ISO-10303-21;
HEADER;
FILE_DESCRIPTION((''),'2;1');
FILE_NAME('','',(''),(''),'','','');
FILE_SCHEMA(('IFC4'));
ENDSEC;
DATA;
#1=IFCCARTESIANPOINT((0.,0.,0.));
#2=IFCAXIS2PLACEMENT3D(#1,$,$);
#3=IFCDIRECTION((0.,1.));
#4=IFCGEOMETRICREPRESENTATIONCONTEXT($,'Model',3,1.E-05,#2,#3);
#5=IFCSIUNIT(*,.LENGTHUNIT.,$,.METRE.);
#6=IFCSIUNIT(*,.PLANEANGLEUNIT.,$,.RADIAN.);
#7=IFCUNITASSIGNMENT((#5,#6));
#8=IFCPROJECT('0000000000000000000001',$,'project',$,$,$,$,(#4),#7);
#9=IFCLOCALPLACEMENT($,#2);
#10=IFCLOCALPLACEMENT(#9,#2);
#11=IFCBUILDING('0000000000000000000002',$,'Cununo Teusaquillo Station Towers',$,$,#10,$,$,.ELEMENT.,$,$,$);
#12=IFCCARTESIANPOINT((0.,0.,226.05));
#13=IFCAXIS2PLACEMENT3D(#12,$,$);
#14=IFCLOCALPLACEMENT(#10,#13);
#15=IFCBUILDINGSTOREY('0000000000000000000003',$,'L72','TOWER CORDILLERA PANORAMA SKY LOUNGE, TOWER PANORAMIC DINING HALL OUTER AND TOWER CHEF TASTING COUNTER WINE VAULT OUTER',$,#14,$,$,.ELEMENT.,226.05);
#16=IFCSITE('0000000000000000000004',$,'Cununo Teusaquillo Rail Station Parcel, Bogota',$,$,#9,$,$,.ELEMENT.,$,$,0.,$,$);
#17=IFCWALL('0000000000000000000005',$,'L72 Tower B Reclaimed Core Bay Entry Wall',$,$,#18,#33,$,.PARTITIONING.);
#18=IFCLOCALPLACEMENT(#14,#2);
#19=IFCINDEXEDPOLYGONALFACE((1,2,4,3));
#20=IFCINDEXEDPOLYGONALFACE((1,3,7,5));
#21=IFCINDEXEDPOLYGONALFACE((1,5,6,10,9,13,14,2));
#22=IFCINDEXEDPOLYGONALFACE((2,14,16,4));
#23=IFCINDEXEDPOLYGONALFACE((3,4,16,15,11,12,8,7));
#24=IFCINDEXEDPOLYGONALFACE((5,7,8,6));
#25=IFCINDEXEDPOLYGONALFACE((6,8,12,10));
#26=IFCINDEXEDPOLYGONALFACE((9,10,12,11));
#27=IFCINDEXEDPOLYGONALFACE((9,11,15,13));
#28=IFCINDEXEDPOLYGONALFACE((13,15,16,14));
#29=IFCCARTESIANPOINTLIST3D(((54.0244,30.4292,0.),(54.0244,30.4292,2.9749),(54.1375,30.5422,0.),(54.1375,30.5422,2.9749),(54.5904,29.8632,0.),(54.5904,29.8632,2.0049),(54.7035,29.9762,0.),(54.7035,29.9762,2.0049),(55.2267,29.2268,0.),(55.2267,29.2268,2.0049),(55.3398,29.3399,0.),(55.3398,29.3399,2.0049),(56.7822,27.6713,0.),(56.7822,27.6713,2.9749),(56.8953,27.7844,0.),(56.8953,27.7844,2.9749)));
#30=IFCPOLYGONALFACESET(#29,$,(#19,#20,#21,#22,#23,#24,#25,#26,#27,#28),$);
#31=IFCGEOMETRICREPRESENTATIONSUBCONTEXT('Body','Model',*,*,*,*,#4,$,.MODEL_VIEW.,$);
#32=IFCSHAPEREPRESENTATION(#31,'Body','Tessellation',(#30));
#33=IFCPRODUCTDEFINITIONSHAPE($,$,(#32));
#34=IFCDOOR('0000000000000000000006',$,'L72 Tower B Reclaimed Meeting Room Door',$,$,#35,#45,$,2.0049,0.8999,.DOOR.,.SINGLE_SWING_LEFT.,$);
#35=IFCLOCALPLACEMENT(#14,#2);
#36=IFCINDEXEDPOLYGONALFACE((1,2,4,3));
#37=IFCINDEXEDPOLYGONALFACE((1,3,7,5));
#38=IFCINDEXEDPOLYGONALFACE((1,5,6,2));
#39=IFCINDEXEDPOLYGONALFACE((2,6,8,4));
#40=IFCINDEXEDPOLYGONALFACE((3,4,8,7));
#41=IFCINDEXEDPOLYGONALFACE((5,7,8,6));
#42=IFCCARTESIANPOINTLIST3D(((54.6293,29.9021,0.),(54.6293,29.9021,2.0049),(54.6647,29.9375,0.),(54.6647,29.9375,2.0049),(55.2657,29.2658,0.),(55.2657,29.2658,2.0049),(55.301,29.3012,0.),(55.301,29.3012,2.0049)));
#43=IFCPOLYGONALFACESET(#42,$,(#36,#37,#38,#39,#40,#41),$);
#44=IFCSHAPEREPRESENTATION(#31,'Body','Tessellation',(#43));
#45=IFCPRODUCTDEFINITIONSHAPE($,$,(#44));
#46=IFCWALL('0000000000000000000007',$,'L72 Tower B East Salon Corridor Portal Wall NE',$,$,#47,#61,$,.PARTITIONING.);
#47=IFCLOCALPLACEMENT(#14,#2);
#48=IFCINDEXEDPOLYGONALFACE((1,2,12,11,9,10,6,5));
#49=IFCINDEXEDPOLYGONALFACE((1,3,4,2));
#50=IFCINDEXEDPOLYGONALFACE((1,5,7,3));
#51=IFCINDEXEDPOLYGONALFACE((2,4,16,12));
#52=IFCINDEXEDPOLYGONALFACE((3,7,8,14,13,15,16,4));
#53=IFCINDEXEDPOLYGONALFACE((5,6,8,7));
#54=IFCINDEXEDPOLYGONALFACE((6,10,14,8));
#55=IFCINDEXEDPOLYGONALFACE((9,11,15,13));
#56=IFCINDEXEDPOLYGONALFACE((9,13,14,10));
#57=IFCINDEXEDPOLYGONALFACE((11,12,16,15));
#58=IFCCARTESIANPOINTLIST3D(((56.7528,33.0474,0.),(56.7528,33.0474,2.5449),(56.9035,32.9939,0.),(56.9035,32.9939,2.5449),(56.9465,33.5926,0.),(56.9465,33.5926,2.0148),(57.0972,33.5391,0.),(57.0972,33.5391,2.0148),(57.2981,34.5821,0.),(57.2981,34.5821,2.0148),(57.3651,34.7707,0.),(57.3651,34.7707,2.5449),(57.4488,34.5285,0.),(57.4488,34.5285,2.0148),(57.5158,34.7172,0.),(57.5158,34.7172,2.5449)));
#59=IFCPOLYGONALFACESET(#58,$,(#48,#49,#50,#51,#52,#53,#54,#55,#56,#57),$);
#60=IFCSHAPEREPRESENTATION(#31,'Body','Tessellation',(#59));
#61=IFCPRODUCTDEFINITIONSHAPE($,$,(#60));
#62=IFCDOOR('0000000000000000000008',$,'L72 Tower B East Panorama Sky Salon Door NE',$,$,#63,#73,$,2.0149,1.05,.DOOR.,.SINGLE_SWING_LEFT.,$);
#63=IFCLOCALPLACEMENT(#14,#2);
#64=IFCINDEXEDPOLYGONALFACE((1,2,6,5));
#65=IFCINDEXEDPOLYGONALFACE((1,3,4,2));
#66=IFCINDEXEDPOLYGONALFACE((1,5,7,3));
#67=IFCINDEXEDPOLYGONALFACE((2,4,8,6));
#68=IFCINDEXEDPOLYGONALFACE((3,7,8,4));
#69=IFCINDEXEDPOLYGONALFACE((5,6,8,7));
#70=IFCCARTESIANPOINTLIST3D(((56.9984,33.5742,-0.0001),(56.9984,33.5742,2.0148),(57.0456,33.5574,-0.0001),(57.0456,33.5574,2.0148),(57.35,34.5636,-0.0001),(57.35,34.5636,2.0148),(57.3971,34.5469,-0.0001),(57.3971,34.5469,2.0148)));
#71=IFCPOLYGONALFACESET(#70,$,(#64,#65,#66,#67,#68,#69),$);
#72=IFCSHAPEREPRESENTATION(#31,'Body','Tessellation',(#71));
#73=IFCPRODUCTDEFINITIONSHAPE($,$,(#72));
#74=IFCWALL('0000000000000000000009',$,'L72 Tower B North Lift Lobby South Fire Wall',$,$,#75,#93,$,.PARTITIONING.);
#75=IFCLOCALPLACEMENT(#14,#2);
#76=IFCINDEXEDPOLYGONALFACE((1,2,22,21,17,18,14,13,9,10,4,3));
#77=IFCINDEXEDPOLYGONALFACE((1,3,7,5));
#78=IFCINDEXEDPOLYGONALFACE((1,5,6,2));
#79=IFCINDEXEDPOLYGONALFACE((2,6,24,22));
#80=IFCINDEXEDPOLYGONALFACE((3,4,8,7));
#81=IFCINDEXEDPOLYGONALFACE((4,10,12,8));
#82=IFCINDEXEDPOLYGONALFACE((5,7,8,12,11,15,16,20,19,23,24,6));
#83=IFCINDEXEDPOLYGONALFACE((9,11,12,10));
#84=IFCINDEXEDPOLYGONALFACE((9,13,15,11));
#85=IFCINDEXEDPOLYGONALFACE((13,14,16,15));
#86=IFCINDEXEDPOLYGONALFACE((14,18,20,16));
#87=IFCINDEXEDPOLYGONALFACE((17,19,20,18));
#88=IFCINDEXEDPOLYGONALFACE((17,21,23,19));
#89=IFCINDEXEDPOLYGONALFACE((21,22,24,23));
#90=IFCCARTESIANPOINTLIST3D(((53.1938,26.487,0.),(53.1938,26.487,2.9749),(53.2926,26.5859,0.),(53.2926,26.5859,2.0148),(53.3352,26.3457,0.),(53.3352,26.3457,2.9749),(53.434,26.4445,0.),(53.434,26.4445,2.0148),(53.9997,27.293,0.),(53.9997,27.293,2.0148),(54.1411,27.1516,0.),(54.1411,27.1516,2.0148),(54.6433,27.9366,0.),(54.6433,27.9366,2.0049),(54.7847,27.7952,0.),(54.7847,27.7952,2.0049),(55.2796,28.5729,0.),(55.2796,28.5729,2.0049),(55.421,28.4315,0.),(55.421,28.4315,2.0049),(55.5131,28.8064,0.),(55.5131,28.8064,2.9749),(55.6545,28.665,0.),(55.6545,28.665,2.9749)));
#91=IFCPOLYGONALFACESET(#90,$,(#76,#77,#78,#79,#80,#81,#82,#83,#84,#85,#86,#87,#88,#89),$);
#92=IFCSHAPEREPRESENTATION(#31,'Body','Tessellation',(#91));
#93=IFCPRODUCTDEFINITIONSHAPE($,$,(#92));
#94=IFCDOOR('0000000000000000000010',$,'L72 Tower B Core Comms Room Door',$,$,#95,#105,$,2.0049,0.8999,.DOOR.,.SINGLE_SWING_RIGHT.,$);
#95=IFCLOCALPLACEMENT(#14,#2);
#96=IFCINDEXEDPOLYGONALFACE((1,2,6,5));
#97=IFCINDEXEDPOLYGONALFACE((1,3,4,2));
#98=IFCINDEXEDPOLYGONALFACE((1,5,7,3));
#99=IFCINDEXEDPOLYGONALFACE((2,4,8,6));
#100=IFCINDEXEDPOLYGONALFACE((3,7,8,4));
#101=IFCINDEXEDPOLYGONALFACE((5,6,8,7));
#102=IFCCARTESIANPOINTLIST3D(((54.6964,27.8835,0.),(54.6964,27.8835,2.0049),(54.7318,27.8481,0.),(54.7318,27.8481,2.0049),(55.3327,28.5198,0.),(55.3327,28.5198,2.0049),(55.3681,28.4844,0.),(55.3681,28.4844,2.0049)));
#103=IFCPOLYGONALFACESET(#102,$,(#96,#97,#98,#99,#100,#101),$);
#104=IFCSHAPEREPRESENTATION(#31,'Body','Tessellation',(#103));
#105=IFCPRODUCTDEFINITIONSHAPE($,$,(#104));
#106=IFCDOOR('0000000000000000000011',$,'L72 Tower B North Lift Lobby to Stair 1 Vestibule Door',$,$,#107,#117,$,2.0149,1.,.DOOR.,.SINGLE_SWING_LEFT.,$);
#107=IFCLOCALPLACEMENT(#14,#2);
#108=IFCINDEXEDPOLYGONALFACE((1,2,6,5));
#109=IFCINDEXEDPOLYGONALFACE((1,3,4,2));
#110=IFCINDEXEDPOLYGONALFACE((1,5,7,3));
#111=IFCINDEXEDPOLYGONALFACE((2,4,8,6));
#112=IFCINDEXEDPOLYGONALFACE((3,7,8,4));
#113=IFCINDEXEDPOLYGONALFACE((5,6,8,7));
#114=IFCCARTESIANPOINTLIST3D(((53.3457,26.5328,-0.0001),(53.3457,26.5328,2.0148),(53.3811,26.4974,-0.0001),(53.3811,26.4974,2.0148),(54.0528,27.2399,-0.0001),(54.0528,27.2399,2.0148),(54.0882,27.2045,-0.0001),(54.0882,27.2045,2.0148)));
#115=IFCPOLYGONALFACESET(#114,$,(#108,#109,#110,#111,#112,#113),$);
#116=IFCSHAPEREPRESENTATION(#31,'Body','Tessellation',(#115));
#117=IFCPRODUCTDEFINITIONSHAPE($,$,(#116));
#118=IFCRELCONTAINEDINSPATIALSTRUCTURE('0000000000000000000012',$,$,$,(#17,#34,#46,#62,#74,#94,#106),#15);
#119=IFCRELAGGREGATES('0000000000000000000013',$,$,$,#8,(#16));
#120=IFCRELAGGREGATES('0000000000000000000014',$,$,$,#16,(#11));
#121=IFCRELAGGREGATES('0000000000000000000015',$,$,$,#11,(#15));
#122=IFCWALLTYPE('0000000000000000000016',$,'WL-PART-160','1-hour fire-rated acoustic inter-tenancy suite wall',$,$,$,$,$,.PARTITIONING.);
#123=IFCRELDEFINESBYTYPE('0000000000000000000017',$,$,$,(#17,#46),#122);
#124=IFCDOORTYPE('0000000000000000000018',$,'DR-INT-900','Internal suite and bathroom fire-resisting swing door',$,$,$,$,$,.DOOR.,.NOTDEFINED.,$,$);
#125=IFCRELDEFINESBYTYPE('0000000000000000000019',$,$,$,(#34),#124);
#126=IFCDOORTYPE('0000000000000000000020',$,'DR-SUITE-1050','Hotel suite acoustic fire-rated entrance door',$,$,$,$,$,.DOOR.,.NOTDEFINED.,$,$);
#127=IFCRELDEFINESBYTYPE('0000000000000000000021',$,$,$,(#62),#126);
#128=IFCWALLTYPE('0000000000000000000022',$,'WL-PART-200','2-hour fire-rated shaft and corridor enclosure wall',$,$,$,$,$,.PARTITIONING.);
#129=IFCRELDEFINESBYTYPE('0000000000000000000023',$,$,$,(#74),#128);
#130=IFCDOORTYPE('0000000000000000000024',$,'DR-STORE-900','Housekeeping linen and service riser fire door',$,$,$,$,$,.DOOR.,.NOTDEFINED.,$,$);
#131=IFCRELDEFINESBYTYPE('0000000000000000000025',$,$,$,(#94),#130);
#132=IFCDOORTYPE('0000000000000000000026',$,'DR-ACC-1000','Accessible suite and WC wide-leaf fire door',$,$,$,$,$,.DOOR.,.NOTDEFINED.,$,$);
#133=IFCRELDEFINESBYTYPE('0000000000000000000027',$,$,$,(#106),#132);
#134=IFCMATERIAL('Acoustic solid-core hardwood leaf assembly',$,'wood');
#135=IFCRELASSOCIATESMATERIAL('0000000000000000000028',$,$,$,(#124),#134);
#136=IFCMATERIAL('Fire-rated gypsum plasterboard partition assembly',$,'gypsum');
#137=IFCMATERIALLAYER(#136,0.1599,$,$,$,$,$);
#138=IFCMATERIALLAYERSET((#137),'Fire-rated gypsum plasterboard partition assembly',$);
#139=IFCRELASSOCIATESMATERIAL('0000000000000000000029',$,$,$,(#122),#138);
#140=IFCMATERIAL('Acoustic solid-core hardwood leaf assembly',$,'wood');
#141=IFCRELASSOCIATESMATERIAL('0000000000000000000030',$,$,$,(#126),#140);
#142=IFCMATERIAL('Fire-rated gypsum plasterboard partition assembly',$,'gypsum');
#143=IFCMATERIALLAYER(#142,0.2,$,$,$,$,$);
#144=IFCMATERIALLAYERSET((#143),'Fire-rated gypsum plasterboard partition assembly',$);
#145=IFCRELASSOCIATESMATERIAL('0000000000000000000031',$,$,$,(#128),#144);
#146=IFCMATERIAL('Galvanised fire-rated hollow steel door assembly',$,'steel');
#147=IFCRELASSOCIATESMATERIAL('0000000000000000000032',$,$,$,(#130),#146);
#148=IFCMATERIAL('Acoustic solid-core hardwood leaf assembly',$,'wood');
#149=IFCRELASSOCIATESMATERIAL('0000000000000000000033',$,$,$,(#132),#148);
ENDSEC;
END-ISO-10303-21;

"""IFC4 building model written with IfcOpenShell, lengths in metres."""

from ifc_helpers import new_model, si_unit, direction, frame, frame_2d, origin, place, context, subcontext, project, spatial, rectangle, extrude, source, transform, mapped, material, layer, layer_set, type_object, element, fill, save


model = new_model("IFC4")

# Units and contexts
model_context = context("Model", 3, precision=1e-05, world=origin(), true_north=direction((0.0, 1.0)))
body_context = subcontext(model_context, "Body", "Model", "MODEL_VIEW")
ifc_project = project(units=[si_unit("LENGTHUNIT", "METRE"), si_unit("PLANEANGLEUNIT", "RADIAN")], contexts=[model_context])

# Site, building, storey
site_placement = place(None, origin())
site = spatial("IfcSite", under=ifc_project, at=site_placement, Name="Cununo Teusaquillo Rail Station Parcel, Bogota", CompositionType="ELEMENT", RefElevation=0.0)
building_placement = place(site_placement, origin())
building = spatial("IfcBuilding", under=site, at=building_placement, Name="Cununo Teusaquillo Station Towers", CompositionType="ELEMENT")
storey_placement = place(building_placement, frame((0.0, 0.0, 226.05)))
storey = spatial("IfcBuildingStorey", under=building, at=storey_placement, Name="L72", Description="TOWER CORDILLERA PANORAMA SKY LOUNGE, TOWER PANORAMIC DINING HALL OUTER AND TOWER CHEF TASTING COUNTER WINE VAULT OUTER", CompositionType="ELEMENT", Elevation=226.05)

# Shared definitions
ifc_material_1 = material(Name="Acoustic solid-core hardwood leaf assembly", Category="wood")
door_type_1 = type_object("IfcDoorType", Name="DR-INT-900", Description="Internal suite and bathroom fire-resisting swing door", OperationType="NOTDEFINED", PredefinedType="DOOR", material=ifc_material_1)
shared_shape_1 = source(origin(), body_context, "Body", "SweptSolid", [
    extrude(rectangle(XDim=0.8999, YDim=2.0049, at=frame_2d((0.45, 1.0024))), frame((0.0, 0.0249, 0.0), z_axis=(0.0, -1.0, 0.0), x_axis=(1.0, 0.0, 0.0)), (0.0, 0.0, 1.0), 0.05),
])

# Walls, openings, doors
ifc_material_2 = material(Name="Fire-rated gypsum plasterboard partition assembly", Category="gypsum")
ifc_layer_1 = layer(ifc_material_2, 0.1599)
ifc_layer_set_1 = layer_set([ifc_layer_1], Name="Fire-rated gypsum plasterboard partition assembly")
wall_type_1 = type_object("IfcWallType", Name="WL-PART-160", Description="1-hour fire-rated acoustic inter-tenancy suite wall", PredefinedType="PARTITIONING", material=ifc_layer_set_1)
wall_1_placement = place(storey_placement, frame((56.8389, 27.7278, 0.0), z_axis=(0.0, 0.0, 1.0), x_axis=(-0.707107, 0.707107, 0.0)))
wall_1 = element("IfcWall", 1, at=wall_1_placement, inside=storey, type_object=wall_type_1, Name="L72 Tower B Reclaimed Core Bay Entry Wall", PredefinedType="PARTITIONING", context=body_context, shape_type="SweptSolid", body=[
    extrude(rectangle(XDim=3.9001, YDim=0.1599, at=frame_2d((1.9502, 0.0))), origin(), (0.0, 0.0, 1.0), 2.9749),
])
shared_shape_2 = source(origin(), body_context, "Body", "SweptSolid", [
    extrude(rectangle(XDim=0.8999, YDim=2.0049, at=frame_2d((0.45, 1.0024))), frame((0.0, 0.0898, 0.0), z_axis=(0.0, -1.0, 0.0), x_axis=(1.0, 0.0, 0.0)), (0.0, 0.0, 1.0), 0.1799),
])
opening_1_placement = place(wall_1_placement, frame((2.2, 0.0, 0.0)))
opening_1 = element("IfcOpeningElement", 2, at=opening_1_placement, cuts=wall_1, PredefinedType="OPENING", context=body_context, shape_type="MappedRepresentation", body=[
    mapped(shared_shape_2, transform((0.0, 0.0, 0.0), x_axis=(1.0, 0.0, 0.0), y_axis=(0.0, 1.0, 0.0), z_axis=(0.0, 0.0, 1.0), scale=1.0)),
])
door_1_placement = place(opening_1_placement, origin())
door_1 = element("IfcDoor", 3, at=door_1_placement, inside=storey, type_object=door_type_1, Name="L72 Tower B Reclaimed Meeting Room Door", OperationType="SINGLE_SWING_LEFT", OverallHeight=2.0049, OverallWidth=0.8999, PredefinedType="DOOR", context=body_context, shape_type="MappedRepresentation", body=[
    mapped(shared_shape_1, transform((0.0, 0.0, 0.0), x_axis=(1.0, 0.0, 0.0), y_axis=(0.0, 1.0, 0.0), z_axis=(0.0, 0.0, 1.0), scale=1.0)),
])
fill(opening_1, door_1)
wall_2_placement = place(storey_placement, frame((56.8281, 33.0205, 0.0), z_axis=(0.0, 0.0, 1.0), x_axis=(0.334788, 0.942293, 0.0)))
wall_2 = element("IfcWall", 4, at=wall_2_placement, inside=storey, type_object=wall_type_1, Name="L72 Tower B East Salon Corridor Portal Wall NE", PredefinedType="PARTITIONING", context=body_context, shape_type="SweptSolid", body=[
    extrude(rectangle(XDim=1.8289, YDim=0.1599, at=frame_2d((0.9146, 0.0))), origin(), (0.0, 0.0, 1.0), 2.5449),
])
shared_shape_3 = source(origin(), body_context, "Body", "SweptSolid", [
    extrude(rectangle(XDim=1.05, YDim=2.0149, at=frame_2d((0.5249, 1.0073))), frame((0.0, 0.0898, 0.0), z_axis=(0.0, -1.0, 0.0), x_axis=(1.0, 0.0, 0.0)), (0.0, 0.0, 1.0), 0.1799),
])
opening_2_placement = place(wall_2_placement, frame((0.5789, 0.0, 0.0)))
opening_2 = element("IfcOpeningElement", 5, at=opening_2_placement, cuts=wall_2, PredefinedType="OPENING", context=body_context, shape_type="MappedRepresentation", body=[
    mapped(shared_shape_3, transform((0.0, 0.0, 0.0), x_axis=(1.0, 0.0, 0.0), y_axis=(0.0, 1.0, 0.0), z_axis=(0.0, 0.0, 1.0), scale=1.0)),
])
ifc_material_3 = material(Name="Acoustic solid-core hardwood leaf assembly", Category="wood")
door_type_2 = type_object("IfcDoorType", Name="DR-SUITE-1050", Description="Hotel suite acoustic fire-rated entrance door", OperationType="NOTDEFINED", PredefinedType="DOOR", material=ifc_material_3)
shared_shape_4 = source(origin(), body_context, "Body", "SweptSolid", [
    extrude(rectangle(XDim=1.05, YDim=2.0149, at=frame_2d((0.5249, 1.0073))), frame((0.0, 0.0249, 0.0), z_axis=(0.0, -1.0, 0.0), x_axis=(1.0, 0.0, 0.0)), (0.0, 0.0, 1.0), 0.05),
])
door_2_placement = place(opening_2_placement, origin())
door_2 = element("IfcDoor", 6, at=door_2_placement, inside=storey, type_object=door_type_2, Name="L72 Tower B East Panorama Sky Salon Door NE", OperationType="SINGLE_SWING_LEFT", OverallHeight=2.0149, OverallWidth=1.05, PredefinedType="DOOR", context=body_context, shape_type="MappedRepresentation", body=[
    mapped(shared_shape_4, transform((0.0, 0.0, 0.0), x_axis=(1.0, 0.0, 0.0), y_axis=(0.0, 1.0, 0.0), z_axis=(0.0, 0.0, 1.0), scale=1.0)),
])
fill(opening_2, door_2)

# Wall, openings, doors
ifc_material_4 = material(Name="Fire-rated gypsum plasterboard partition assembly", Category="gypsum")
ifc_layer_2 = layer(ifc_material_4, 0.2)
ifc_layer_set_2 = layer_set([ifc_layer_2], Name="Fire-rated gypsum plasterboard partition assembly")
wall_type_2 = type_object("IfcWallType", Name="WL-PART-200", Description="2-hour fire-rated shaft and corridor enclosure wall", PredefinedType="PARTITIONING", material=ifc_layer_set_2)
wall_3_placement = place(storey_placement, frame((53.2644, 26.4163, 0.0), z_axis=(0.0, 0.0, 1.0), x_axis=(0.707107, 0.707107, 0.0)))
wall_3 = element("IfcWall", 7, at=wall_3_placement, inside=storey, type_object=wall_type_2, Name="L72 Tower B North Lift Lobby South Fire Wall", PredefinedType="PARTITIONING", context=body_context, shape_type="SweptSolid", body=[
    extrude(rectangle(XDim=3.28, YDim=0.2, at=frame_2d((1.6401, 0.0))), origin(), (0.0, 0.0, 1.0), 2.9749),
])
shared_shape_5 = source(origin(), body_context, "Body", "SweptSolid", [
    extrude(rectangle(XDim=1.0, YDim=2.0149, at=frame_2d((0.5, 1.0073))), frame((0.0, 0.1099, 0.0), z_axis=(0.0, -1.0, 0.0), x_axis=(1.0, 0.0, 0.0)), (0.0, 0.0, 1.0), 0.22),
])
opening_3_placement = place(wall_3_placement, frame((0.1399, 0.0, 0.0)))
opening_3 = element("IfcOpeningElement", 8, at=opening_3_placement, cuts=wall_3, PredefinedType="OPENING", context=body_context, shape_type="MappedRepresentation", body=[
    mapped(shared_shape_5, transform((0.0, 0.0, 0.0), x_axis=(1.0, 0.0, 0.0), y_axis=(0.0, 1.0, 0.0), z_axis=(0.0, 0.0, 1.0), scale=1.0)),
])
shared_shape_6 = source(origin(), body_context, "Body", "SweptSolid", [
    extrude(rectangle(XDim=0.8999, YDim=2.0049, at=frame_2d((0.45, 1.0024))), frame((0.0, 0.1099, 0.0), z_axis=(0.0, -1.0, 0.0), x_axis=(1.0, 0.0, 0.0)), (0.0, 0.0, 1.0), 0.22),
])
opening_4_placement = place(wall_3_placement, frame((2.05, 0.0, 0.0)))
opening_4 = element("IfcOpeningElement", 9, at=opening_4_placement, cuts=wall_3, PredefinedType="OPENING", context=body_context, shape_type="MappedRepresentation", body=[
    mapped(shared_shape_6, transform((0.0, 0.0, 0.0), x_axis=(1.0, 0.0, 0.0), y_axis=(0.0, 1.0, 0.0), z_axis=(0.0, 0.0, 1.0), scale=1.0)),
])
ifc_material_5 = material(Name="Galvanised fire-rated hollow steel door assembly", Category="steel")
door_type_3 = type_object("IfcDoorType", Name="DR-STORE-900", Description="Housekeeping linen and service riser fire door", OperationType="NOTDEFINED", PredefinedType="DOOR", material=ifc_material_5)
door_3_placement = place(opening_4_placement, origin())
door_3 = element("IfcDoor", 10, at=door_3_placement, inside=storey, type_object=door_type_3, Name="L72 Tower B Core Comms Room Door", OperationType="SINGLE_SWING_RIGHT", OverallHeight=2.0049, OverallWidth=0.8999, PredefinedType="DOOR", context=body_context, shape_type="MappedRepresentation", body=[
    mapped(shared_shape_1, transform((0.0, 0.0, 0.0), x_axis=(1.0, 0.0, 0.0), y_axis=(0.0, 1.0, 0.0), z_axis=(0.0, 0.0, 1.0), scale=1.0)),
])
fill(opening_4, door_3)
ifc_material_6 = material(Name="Acoustic solid-core hardwood leaf assembly", Category="wood")
door_type_4 = type_object("IfcDoorType", Name="DR-ACC-1000", Description="Accessible suite and WC wide-leaf fire door", OperationType="NOTDEFINED", PredefinedType="DOOR", material=ifc_material_6)
shared_shape_7 = source(origin(), body_context, "Body", "SweptSolid", [
    extrude(rectangle(XDim=1.0, YDim=2.0149, at=frame_2d((0.5, 1.0073))), frame((0.0, 0.0249, 0.0), z_axis=(0.0, -1.0, 0.0), x_axis=(1.0, 0.0, 0.0)), (0.0, 0.0, 1.0), 0.05),
])
door_4_placement = place(opening_3_placement, origin())
door_4 = element("IfcDoor", 11, at=door_4_placement, inside=storey, type_object=door_type_4, Name="L72 Tower B North Lift Lobby to Stair 1 Vestibule Door", OperationType="SINGLE_SWING_LEFT", OverallHeight=2.0149, OverallWidth=1.0, PredefinedType="DOOR", context=body_context, shape_type="MappedRepresentation", body=[
    mapped(shared_shape_7, transform((0.0, 0.0, 0.0), x_axis=(1.0, 0.0, 0.0), y_axis=(0.0, 1.0, 0.0), z_axis=(0.0, 0.0, 1.0), scale=1.0)),
])
fill(opening_3, door_4)

save(model, "model.ifc")
